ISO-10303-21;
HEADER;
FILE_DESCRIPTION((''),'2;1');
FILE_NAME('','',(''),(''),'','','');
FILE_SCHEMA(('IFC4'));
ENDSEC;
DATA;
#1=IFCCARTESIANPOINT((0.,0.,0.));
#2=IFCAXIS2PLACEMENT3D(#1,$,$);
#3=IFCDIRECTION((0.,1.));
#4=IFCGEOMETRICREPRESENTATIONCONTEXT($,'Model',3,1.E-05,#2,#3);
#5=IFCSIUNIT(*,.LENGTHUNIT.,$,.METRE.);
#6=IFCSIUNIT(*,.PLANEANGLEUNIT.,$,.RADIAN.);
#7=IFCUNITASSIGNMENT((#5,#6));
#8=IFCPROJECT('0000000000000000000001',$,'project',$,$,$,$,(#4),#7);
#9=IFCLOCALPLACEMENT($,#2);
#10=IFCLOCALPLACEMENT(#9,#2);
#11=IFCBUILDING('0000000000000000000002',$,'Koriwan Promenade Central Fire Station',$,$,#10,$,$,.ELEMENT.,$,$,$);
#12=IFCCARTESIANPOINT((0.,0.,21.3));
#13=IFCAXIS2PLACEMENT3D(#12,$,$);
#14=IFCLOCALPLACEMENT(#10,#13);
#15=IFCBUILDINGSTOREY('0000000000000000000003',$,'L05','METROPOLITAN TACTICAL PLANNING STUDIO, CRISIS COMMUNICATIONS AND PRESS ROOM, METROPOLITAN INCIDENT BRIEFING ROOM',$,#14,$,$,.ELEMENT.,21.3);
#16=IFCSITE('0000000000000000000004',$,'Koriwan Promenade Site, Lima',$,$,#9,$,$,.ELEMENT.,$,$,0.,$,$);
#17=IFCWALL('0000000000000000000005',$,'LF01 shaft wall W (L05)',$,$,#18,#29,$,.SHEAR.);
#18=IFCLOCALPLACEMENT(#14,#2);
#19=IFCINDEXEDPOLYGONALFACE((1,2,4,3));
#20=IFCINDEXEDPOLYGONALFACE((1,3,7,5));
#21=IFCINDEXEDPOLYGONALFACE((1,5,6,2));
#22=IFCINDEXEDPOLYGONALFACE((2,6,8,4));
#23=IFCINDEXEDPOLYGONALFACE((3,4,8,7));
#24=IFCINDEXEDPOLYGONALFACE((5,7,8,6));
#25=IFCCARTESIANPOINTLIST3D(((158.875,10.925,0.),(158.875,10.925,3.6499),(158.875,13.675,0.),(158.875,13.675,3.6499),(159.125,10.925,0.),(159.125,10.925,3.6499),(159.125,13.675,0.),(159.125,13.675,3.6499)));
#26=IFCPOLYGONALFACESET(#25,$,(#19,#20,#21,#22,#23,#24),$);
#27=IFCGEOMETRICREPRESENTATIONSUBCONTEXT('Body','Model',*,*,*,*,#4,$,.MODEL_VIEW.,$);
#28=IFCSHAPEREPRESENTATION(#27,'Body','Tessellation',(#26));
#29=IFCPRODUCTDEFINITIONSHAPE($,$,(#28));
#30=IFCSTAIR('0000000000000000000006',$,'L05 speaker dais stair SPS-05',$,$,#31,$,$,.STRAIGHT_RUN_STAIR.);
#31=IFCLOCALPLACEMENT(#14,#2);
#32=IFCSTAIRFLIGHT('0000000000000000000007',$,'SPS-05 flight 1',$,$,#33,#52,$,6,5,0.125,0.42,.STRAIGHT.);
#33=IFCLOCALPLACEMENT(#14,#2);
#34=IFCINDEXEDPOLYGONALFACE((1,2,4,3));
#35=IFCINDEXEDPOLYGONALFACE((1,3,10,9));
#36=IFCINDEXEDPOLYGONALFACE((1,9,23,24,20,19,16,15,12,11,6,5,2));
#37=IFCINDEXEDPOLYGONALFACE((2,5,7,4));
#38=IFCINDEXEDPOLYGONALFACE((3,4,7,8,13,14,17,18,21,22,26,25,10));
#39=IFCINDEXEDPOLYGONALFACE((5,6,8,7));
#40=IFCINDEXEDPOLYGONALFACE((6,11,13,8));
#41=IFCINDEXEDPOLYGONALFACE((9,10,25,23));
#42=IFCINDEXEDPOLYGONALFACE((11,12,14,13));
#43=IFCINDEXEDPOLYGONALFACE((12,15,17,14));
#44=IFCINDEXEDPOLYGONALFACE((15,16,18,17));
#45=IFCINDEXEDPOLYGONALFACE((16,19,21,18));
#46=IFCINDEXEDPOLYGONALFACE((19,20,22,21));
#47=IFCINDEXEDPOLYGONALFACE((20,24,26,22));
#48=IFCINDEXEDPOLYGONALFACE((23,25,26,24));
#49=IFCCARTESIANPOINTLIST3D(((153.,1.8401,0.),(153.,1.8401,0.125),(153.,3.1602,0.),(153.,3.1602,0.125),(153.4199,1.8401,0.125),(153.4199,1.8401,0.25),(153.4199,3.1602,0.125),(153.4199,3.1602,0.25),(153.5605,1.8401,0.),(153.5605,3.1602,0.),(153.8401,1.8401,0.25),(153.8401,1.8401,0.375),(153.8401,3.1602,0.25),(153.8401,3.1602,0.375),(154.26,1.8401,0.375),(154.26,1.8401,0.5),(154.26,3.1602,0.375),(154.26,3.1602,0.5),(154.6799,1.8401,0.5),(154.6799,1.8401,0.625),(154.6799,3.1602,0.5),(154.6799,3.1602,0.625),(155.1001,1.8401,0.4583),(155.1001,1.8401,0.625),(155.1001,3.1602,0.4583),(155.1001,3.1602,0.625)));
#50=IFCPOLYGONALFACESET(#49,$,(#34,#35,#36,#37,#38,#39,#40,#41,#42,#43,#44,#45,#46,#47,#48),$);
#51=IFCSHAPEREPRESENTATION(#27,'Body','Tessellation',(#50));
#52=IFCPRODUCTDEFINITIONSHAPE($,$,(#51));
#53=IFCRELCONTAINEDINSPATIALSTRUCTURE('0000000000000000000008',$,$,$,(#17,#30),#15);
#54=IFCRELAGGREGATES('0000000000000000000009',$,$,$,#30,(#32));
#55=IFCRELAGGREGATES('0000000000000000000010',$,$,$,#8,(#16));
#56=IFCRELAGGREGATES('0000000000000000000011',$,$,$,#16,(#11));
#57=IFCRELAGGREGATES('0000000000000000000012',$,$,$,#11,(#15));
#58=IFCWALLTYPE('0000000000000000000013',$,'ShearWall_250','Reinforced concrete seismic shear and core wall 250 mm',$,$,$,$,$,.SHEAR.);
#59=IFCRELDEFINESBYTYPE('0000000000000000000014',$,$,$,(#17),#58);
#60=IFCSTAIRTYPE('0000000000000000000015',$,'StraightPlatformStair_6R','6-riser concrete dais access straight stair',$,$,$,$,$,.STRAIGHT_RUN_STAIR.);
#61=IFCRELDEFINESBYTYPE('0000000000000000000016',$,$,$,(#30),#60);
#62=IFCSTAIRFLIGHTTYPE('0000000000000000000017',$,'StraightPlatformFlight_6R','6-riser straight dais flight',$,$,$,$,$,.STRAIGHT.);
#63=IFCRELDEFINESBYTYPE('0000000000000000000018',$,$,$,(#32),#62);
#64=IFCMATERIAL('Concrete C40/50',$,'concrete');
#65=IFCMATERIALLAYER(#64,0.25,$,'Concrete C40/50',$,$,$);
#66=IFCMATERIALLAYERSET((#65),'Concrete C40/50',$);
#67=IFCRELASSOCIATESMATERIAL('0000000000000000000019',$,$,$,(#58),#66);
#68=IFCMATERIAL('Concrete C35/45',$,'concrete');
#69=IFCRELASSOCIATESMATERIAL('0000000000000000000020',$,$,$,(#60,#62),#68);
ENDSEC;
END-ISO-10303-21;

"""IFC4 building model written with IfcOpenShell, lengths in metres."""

from ifc_helpers import new_model, si_unit, direction, frame, frame_2d, origin, place, context, subcontext, project, spatial, polyline, rectangle, outline, extrude, material, layer, layer_set, type_object, element, aggregate, save


model = new_model("IFC4")

# Units and contexts
model_context = context("Model", 3, precision=1e-05, world=origin(), true_north=direction((0.0, 1.0)))
body_context = subcontext(model_context, "Body", "Model", "MODEL_VIEW")
ifc_project = project(units=[si_unit("LENGTHUNIT", "METRE"), si_unit("PLANEANGLEUNIT", "RADIAN")], contexts=[model_context])

# Site, building, storey
site_placement = place(None, origin())
site = spatial("IfcSite", under=ifc_project, at=site_placement, Name="Koriwan Promenade Site, Lima", CompositionType="ELEMENT", RefElevation=0.0)
building_placement = place(site_placement, origin())
building = spatial("IfcBuilding", under=site, at=building_placement, Name="Koriwan Promenade Central Fire Station", CompositionType="ELEMENT")
storey_placement = place(building_placement, frame((0.0, 0.0, 21.3)))
storey = spatial("IfcBuildingStorey", under=building, at=storey_placement, Name="L05", Description="METROPOLITAN TACTICAL PLANNING STUDIO, CRISIS COMMUNICATIONS AND PRESS ROOM, METROPOLITAN INCIDENT BRIEFING ROOM", CompositionType="ELEMENT", Elevation=21.3)

# Shared definitions
ifc_material_1 = material(Name="Concrete C40/50", Category="concrete")

# Shared definitions
ifc_material_2 = material(Name="Concrete C35/45", Category="concrete")

# Wall
ifc_layer_1 = layer(ifc_material_1, 0.25, Name="Concrete C40/50")
ifc_layer_set_1 = layer_set([ifc_layer_1], Name="Concrete C40/50")
wall_type_1 = type_object("IfcWallType", Name="ShearWall_250", Description="Reinforced concrete seismic shear and core wall 250 mm", PredefinedType="SHEAR", material=ifc_layer_set_1)
wall_1_placement = place(storey_placement, frame((159.0, 10.925, 0.0), z_axis=(0.0, 0.0, 1.0), x_axis=(0.0, 1.0, 0.0)))
element("IfcWall", 1, at=wall_1_placement, inside=storey, type_object=wall_type_1, Name="LF01 shaft wall W (L05)", PredefinedType="SHEAR", context=body_context, shape_type="SweptSolid", body=[
    extrude(rectangle(XDim=2.75, YDim=0.25, at=frame_2d((1.375, 0.0))), origin(), (0.0, 0.0, 1.0), 3.6499),
])

# Stair, stair flight
stair_type = type_object("IfcStairType", Name="StraightPlatformStair_6R", Description="6-riser concrete dais access straight stair", PredefinedType="STRAIGHT_RUN_STAIR", material=ifc_material_2)
stair_placement = place(storey_placement, origin())
stair = element("IfcStair", 2, at=stair_placement, inside=storey, type_object=stair_type, Name="L05 speaker dais stair SPS-05", PredefinedType="STRAIGHT_RUN_STAIR")
stair_flight_type = type_object("IfcStairFlightType", Name="StraightPlatformFlight_6R", Description="6-riser straight dais flight", PredefinedType="STRAIGHT", material=ifc_material_2)
stair_flight_placement = place(storey_placement, frame((153.0, 2.5, 0.0), z_axis=(0.0, 0.0, 1.0), x_axis=(1.0, 0.0, 0.0)))
stair_flight = element("IfcStairFlight", 3, at=stair_flight_placement, type_object=stair_flight_type, Name="SPS-05 flight 1", NumberOfRisers=6, NumberOfTreads=5, PredefinedType="STRAIGHT", RiserHeight=0.125, TreadLength=0.42, context=body_context, shape_type="SweptSolid", body=[
    extrude(outline(polyline([(0.0, 0.0), (0.0, 0.125), (0.4199, 0.125), (0.4199, 0.25), (0.8401, 0.25), (0.8401, 0.375), (1.26, 0.375), (1.26, 0.5), (1.6799, 0.5), (1.6799, 0.625), (2.1001, 0.625), (2.1001, 0.75), (2.1001, 0.4583), (0.5605, 0.0), (0.0, 0.0)])), frame((0.0, 0.6602, 0.0), z_axis=(0.0, -1.0, 0.0), x_axis=(1.0, 0.0, 0.0)), (0.0, 0.0, 1.0), 1.3201),
])
aggregate(stair, [stair_flight])

save(model, "model.ifc")
